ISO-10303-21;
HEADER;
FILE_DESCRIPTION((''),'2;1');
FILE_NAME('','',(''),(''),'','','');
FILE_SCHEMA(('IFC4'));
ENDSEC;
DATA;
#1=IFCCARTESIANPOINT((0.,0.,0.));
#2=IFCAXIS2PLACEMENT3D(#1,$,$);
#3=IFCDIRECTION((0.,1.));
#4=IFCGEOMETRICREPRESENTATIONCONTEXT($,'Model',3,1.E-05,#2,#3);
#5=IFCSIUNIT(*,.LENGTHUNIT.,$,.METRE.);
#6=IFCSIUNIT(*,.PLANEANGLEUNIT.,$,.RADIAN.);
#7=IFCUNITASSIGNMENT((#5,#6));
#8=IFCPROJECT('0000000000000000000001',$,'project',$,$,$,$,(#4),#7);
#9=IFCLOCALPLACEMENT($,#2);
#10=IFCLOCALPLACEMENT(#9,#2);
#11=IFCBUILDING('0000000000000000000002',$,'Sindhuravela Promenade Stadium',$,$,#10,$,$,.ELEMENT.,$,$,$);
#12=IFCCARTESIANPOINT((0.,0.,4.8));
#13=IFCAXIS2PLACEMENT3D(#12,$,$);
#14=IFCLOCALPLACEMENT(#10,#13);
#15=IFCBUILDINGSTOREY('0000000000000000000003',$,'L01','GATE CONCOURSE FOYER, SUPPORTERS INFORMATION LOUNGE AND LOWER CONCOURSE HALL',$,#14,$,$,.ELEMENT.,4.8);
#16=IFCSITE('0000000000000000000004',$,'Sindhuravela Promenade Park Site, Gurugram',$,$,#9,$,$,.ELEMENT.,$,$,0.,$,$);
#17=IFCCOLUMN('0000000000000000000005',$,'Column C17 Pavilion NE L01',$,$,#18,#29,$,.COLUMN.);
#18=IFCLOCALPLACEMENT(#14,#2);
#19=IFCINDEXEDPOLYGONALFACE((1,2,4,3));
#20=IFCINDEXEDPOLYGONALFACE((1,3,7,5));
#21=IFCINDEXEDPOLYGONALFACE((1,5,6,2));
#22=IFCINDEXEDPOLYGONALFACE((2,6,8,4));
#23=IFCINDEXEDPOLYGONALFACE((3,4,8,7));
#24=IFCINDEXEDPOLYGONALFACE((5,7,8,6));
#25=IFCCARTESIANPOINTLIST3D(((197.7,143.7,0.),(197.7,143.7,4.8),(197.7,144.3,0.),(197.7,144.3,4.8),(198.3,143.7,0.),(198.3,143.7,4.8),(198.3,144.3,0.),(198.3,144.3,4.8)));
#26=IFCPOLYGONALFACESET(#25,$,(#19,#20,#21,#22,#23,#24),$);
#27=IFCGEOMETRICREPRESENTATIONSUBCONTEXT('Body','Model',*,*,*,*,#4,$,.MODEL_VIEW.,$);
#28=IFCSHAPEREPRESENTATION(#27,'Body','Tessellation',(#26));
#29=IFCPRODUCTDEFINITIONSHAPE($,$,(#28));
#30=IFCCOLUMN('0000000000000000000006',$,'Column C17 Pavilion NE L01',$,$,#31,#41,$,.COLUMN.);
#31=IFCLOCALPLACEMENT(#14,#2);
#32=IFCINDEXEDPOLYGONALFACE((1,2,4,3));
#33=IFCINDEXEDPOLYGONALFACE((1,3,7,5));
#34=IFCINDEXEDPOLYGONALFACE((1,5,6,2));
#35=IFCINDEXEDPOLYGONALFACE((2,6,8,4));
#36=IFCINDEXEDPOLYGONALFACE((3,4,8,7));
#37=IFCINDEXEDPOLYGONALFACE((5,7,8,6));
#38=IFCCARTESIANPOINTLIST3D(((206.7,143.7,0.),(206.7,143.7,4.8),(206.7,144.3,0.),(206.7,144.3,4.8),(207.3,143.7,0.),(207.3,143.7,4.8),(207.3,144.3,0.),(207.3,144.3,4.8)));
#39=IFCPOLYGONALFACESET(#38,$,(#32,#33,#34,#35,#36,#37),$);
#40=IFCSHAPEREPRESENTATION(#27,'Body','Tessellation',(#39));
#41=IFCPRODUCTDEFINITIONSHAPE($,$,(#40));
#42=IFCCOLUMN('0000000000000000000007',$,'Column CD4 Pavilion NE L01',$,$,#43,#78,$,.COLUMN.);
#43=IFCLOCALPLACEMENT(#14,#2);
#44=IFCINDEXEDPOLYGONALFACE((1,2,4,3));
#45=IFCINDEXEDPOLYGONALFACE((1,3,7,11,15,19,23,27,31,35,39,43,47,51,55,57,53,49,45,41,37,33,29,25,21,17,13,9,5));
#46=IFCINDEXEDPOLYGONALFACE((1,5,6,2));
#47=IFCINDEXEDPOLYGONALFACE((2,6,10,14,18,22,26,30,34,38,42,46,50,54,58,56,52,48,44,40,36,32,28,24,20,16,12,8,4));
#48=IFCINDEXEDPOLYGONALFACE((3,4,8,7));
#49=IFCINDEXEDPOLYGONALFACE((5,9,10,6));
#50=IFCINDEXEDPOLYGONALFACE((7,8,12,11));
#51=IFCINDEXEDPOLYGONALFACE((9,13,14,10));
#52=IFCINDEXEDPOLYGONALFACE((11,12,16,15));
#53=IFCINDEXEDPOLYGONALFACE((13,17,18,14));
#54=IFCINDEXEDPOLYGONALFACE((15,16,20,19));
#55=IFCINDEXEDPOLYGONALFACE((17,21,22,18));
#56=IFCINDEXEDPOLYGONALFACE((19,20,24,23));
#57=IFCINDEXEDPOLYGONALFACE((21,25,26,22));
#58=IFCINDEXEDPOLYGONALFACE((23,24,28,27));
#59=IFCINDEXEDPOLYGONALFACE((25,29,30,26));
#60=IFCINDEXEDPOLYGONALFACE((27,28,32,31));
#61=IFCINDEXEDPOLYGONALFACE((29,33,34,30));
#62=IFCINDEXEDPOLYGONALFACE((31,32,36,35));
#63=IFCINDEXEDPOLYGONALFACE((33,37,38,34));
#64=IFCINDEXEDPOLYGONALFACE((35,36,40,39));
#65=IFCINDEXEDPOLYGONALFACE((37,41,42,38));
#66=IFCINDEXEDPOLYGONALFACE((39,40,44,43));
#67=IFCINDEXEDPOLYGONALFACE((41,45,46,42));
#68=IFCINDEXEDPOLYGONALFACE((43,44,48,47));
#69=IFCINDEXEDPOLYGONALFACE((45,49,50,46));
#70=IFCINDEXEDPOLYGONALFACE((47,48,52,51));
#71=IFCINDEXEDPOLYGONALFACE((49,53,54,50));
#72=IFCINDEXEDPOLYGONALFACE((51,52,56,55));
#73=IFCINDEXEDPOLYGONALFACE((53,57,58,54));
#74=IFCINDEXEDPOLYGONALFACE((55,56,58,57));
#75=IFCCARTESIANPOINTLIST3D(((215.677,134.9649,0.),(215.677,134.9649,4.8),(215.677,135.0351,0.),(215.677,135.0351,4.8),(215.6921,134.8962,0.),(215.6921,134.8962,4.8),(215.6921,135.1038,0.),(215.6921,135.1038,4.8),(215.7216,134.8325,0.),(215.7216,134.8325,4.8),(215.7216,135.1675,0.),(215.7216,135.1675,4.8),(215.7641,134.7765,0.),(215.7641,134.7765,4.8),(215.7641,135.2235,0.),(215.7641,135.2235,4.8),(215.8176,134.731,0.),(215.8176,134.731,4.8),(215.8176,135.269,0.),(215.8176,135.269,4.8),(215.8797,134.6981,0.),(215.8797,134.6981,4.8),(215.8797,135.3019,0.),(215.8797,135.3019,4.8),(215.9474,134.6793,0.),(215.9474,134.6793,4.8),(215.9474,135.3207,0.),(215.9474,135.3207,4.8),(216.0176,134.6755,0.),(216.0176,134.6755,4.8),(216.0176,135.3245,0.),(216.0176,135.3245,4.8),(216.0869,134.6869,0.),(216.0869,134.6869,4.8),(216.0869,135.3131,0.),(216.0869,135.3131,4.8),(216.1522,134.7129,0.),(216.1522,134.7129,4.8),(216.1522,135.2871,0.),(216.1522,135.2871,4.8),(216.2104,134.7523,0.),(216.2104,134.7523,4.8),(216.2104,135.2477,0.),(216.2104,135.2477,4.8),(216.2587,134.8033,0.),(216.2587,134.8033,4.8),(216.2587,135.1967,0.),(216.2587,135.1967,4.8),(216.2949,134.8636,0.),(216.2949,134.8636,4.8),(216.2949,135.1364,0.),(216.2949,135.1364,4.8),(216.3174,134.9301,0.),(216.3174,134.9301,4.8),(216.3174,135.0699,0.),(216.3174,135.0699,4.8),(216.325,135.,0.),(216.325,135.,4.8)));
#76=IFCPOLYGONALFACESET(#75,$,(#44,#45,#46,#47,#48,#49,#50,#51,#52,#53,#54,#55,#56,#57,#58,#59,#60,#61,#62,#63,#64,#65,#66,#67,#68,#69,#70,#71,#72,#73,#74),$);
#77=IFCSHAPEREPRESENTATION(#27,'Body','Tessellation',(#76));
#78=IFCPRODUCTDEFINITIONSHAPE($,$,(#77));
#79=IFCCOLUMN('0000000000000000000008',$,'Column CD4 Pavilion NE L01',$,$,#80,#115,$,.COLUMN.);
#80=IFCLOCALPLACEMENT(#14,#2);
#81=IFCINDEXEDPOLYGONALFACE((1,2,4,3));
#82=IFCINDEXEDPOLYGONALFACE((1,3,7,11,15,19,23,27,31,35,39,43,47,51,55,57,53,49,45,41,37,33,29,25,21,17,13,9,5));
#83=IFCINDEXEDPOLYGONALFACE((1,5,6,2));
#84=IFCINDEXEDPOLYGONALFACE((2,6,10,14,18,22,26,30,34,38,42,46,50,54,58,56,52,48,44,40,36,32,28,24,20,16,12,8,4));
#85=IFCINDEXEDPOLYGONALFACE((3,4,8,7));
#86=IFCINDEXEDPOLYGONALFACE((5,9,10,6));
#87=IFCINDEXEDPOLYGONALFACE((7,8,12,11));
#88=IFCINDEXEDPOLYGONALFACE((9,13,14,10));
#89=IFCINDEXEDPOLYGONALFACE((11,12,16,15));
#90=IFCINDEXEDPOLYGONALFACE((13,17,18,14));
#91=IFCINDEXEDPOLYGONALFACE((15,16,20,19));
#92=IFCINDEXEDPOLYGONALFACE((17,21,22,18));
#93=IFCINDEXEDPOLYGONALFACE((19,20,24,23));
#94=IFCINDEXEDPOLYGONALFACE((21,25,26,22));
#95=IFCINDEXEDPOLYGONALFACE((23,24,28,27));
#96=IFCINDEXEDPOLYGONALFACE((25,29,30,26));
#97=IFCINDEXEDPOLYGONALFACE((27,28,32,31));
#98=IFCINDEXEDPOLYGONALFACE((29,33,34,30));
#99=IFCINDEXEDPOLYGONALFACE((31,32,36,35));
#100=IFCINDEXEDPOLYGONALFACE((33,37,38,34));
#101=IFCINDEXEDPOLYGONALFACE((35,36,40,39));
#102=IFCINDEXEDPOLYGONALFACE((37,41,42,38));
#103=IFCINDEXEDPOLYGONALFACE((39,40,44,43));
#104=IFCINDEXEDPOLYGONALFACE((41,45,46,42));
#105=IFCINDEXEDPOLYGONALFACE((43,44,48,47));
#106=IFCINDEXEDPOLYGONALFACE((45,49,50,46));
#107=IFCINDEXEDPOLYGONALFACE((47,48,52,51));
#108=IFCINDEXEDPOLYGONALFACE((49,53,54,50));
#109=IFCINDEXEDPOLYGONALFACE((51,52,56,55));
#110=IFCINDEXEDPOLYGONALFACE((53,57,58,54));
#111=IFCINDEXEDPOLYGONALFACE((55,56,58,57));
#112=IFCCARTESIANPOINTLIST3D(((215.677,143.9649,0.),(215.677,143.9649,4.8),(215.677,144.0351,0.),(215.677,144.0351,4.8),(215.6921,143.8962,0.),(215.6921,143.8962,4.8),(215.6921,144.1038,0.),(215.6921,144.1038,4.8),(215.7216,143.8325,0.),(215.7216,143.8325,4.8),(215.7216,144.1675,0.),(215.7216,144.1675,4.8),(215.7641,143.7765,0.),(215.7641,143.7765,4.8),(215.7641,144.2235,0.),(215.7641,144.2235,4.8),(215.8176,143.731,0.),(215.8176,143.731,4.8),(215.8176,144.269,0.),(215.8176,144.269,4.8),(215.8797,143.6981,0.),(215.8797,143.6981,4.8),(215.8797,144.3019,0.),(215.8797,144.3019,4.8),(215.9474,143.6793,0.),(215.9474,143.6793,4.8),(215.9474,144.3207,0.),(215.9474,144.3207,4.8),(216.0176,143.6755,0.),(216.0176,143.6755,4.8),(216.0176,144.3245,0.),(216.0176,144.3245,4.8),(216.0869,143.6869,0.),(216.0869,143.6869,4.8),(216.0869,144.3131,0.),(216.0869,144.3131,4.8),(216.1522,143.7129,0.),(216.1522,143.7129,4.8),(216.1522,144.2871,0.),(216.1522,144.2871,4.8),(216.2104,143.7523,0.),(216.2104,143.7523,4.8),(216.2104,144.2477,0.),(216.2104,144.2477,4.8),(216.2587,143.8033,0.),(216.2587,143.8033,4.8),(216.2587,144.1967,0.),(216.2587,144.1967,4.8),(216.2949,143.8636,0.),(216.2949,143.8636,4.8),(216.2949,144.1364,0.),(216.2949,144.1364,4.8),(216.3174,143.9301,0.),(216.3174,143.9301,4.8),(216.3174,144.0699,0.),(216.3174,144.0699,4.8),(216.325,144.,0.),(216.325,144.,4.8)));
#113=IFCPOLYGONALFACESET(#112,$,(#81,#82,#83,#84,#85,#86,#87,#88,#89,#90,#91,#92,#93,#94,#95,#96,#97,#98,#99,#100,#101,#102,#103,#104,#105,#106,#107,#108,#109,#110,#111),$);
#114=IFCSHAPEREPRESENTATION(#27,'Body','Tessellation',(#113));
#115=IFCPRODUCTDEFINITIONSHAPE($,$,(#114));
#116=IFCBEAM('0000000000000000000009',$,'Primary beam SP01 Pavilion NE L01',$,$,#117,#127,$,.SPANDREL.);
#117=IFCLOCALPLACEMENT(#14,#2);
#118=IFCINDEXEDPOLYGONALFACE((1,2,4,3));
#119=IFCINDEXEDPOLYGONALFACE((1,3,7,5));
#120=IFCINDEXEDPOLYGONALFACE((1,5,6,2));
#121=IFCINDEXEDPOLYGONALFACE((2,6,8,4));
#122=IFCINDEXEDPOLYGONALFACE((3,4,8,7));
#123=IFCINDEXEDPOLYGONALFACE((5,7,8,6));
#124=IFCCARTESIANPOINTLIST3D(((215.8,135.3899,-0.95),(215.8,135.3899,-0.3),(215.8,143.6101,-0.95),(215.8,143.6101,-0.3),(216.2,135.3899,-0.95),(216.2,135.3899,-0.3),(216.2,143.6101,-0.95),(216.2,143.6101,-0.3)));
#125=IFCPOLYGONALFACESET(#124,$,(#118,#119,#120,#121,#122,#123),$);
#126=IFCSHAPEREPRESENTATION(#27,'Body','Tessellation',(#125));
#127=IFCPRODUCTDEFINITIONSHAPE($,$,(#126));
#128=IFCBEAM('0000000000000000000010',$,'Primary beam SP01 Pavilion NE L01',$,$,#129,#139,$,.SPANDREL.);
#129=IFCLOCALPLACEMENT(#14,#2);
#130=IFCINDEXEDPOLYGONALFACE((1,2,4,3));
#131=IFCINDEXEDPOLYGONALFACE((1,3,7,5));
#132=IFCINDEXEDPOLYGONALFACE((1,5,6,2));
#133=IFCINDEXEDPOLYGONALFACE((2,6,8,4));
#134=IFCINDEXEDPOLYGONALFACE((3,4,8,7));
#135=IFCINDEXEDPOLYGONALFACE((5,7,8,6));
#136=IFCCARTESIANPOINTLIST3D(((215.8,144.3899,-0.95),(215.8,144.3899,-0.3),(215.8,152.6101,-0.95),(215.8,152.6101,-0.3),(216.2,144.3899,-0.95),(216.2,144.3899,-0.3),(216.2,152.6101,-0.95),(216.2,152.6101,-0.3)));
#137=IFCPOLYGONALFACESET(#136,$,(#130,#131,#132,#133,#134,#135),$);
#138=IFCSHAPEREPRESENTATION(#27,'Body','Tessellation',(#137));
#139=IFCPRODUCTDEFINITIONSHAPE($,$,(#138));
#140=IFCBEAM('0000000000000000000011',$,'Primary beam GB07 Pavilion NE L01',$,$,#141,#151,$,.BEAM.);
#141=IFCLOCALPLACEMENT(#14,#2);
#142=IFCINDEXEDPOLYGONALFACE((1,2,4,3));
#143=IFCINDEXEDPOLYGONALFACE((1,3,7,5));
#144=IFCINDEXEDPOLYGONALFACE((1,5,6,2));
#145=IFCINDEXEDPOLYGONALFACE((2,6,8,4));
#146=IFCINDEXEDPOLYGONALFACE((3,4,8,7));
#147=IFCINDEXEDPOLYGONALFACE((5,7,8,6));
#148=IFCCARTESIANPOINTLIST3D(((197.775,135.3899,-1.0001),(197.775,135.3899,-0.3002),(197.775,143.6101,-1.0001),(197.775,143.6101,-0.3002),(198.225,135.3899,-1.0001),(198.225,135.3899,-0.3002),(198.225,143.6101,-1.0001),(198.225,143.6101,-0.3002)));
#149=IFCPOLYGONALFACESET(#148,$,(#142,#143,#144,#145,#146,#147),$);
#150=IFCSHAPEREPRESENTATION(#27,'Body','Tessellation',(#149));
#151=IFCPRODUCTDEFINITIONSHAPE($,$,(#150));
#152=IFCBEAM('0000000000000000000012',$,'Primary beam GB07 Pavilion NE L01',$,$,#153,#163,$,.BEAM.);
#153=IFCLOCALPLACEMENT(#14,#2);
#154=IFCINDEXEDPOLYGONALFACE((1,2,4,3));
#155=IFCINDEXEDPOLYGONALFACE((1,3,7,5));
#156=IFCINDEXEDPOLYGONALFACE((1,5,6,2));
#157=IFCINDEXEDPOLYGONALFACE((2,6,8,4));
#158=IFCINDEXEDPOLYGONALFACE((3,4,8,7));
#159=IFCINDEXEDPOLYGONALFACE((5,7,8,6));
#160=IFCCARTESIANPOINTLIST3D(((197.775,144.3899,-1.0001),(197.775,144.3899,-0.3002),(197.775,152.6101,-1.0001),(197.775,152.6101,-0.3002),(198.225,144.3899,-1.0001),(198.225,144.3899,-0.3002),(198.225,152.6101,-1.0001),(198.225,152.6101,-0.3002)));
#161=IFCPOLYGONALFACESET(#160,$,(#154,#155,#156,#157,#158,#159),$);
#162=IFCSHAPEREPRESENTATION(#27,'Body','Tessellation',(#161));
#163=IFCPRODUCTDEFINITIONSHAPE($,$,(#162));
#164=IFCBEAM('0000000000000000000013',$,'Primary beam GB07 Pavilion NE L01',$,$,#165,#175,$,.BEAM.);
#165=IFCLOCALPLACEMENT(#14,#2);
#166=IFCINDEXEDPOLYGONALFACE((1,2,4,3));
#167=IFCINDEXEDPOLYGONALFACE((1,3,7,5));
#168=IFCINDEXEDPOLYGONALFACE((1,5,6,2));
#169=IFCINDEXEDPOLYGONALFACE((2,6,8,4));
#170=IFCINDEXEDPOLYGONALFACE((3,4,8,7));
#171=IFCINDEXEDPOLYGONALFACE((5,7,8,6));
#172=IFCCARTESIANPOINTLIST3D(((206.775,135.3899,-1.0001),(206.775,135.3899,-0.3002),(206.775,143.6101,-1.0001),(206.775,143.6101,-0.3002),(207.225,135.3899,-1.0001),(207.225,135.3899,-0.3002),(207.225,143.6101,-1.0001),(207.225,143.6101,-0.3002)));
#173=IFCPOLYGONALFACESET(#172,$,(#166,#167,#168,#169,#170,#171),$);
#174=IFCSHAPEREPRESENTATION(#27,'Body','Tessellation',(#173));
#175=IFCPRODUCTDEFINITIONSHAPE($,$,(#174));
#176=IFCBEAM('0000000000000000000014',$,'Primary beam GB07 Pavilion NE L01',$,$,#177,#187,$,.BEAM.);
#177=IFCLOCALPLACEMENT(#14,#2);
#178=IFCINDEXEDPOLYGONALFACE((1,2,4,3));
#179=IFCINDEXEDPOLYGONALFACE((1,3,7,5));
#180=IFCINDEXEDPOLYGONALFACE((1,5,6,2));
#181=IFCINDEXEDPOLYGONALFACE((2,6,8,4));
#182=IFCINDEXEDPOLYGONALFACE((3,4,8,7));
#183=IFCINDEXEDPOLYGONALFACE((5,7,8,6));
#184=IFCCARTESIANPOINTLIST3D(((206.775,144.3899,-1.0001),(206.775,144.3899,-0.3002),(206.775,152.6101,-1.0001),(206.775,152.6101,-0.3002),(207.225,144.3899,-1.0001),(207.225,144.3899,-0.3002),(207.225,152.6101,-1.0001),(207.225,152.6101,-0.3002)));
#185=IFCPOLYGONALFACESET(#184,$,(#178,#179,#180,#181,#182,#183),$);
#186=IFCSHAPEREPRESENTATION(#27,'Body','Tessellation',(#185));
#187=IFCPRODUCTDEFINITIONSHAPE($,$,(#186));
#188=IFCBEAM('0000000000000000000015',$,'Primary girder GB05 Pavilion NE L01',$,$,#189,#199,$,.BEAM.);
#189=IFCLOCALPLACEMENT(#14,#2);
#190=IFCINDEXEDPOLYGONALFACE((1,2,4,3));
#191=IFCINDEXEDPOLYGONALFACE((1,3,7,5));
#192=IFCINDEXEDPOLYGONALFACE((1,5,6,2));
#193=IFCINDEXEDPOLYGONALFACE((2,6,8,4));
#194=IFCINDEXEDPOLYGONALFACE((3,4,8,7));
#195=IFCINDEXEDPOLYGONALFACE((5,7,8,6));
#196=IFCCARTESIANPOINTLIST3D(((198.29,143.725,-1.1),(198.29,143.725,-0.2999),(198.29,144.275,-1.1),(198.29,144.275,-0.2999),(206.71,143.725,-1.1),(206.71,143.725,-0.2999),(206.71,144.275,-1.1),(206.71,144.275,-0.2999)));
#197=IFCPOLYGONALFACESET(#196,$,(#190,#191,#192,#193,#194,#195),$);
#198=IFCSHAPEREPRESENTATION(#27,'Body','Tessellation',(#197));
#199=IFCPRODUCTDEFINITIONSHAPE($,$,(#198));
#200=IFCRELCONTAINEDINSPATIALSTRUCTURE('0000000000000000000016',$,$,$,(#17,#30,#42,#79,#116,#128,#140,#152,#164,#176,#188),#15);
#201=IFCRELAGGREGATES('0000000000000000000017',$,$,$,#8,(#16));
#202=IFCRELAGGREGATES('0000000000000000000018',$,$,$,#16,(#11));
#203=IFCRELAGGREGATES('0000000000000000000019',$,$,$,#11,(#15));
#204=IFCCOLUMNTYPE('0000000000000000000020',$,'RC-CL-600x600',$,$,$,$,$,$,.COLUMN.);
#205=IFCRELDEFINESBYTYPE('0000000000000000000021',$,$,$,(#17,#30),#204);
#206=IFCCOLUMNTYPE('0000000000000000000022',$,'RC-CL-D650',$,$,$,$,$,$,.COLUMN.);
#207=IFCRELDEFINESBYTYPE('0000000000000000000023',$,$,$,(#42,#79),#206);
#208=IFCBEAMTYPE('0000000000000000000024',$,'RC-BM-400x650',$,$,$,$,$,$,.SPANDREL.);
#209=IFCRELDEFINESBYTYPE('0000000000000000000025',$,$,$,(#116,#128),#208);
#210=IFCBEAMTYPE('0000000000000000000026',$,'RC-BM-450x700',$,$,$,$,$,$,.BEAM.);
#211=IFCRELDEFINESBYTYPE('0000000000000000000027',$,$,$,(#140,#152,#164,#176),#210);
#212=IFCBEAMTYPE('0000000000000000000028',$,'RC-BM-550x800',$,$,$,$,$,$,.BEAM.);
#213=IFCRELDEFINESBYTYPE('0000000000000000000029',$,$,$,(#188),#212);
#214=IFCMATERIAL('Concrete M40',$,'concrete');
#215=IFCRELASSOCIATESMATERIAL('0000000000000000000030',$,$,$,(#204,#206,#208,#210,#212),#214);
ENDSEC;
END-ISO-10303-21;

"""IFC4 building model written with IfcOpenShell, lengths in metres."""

from ifc_helpers import new_model, si_unit, direction, frame, origin, origin_2d, place, context, subcontext, project, spatial, rectangle, circle, extrude, material, material_profile, profile_set, type_object, element, save


model = new_model("IFC4")

# Units and contexts
model_context = context("Model", 3, precision=1e-05, world=origin(), true_north=direction((0.0, 1.0)))
body_context = subcontext(model_context, "Body", "Model", "MODEL_VIEW")
ifc_project = project(units=[si_unit("LENGTHUNIT", "METRE"), si_unit("PLANEANGLEUNIT", "RADIAN")], contexts=[model_context])

# Site, building, storey
site_placement = place(None, origin())
site = spatial("IfcSite", under=ifc_project, at=site_placement, Name="Sindhuravela Promenade Park Site, Gurugram", CompositionType="ELEMENT", RefElevation=0.0)
building_placement = place(site_placement, origin())
building = spatial("IfcBuilding", under=site, at=building_placement, Name="Sindhuravela Promenade Stadium", CompositionType="ELEMENT")
storey_placement = place(building_placement, frame((0.0, 0.0, 4.8)))
storey = spatial("IfcBuildingStorey", under=building, at=storey_placement, Name="L01", Description="GATE CONCOURSE FOYER, SUPPORTERS INFORMATION LOUNGE AND LOWER CONCOURSE HALL", CompositionType="ELEMENT", Elevation=4.8)

# Columns
ifc_material_1 = material(Name="Concrete M40", Category="concrete")
ifc_material_profile_1 = material_profile(ifc_material_1, rectangle(XDim=0.6001, YDim=0.6001, at=origin_2d()), Name="RC 600x600")
ifc_profile_set_1 = profile_set([ifc_material_profile_1], Name="Concrete M40")
column_type_1 = type_object("IfcColumnType", Name="RC-CL-600x600", PredefinedType="COLUMN", material=ifc_profile_set_1)
for number, where, z_axis, x_axis, name in (
    (1, (198.0, 144.0, 0.0), (0.0, 0.0, 1.0), (1.0, 0.0, 0.0), "Column C17 Pavilion NE L01"),
    (2, (207.0, 144.0, 0.0), (0.0, 0.0, 1.0), (1.0, 0.0, 0.0), "Column C17 Pavilion NE L01"),
):
    element("IfcColumn", number, at=place(storey_placement, frame(where, z_axis=z_axis, x_axis=x_axis)), inside=storey, type_object=column_type_1, Name=name, PredefinedType="COLUMN", context=body_context, shape_type="SweptSolid", body=[
        extrude(rectangle(XDim=0.6001, YDim=0.6001, at=origin_2d()), origin(), (0.0, 0.0, 1.0), 4.8),
    ])
ifc_material_profile_2 = material_profile(ifc_material_1, circle(Radius=0.325, at=origin_2d()), Name="RC D650")
ifc_profile_set_2 = profile_set([ifc_material_profile_2], Name="Concrete M40")
column_type_2 = type_object("IfcColumnType", Name="RC-CL-D650", PredefinedType="COLUMN", material=ifc_profile_set_2)
for number, where, z_axis, x_axis, name in (
    (3, (216.0, 135.0, 0.0), (0.0, 0.0, 1.0), (1.0, 0.0, 0.0), "Column CD4 Pavilion NE L01"),
    (4, (216.0, 144.0, 0.0), (0.0, 0.0, 1.0), (1.0, 0.0, 0.0), "Column CD4 Pavilion NE L01"),
):
    element("IfcColumn", number, at=place(storey_placement, frame(where, z_axis=z_axis, x_axis=x_axis)), inside=storey, type_object=column_type_2, Name=name, PredefinedType="COLUMN", context=body_context, shape_type="SweptSolid", body=[
        extrude(circle(Radius=0.325, at=origin_2d()), origin(), (0.0, 0.0, 1.0), 4.8),
    ])

# Beams
ifc_material_profile_3 = material_profile(ifc_material_1, rectangle(XDim=0.3999, YDim=0.6499, at=origin_2d()), Name="RC 400x650")
ifc_profile_set_3 = profile_set([ifc_material_profile_3], Name="Concrete M40")
beam_type_1 = type_object("IfcBeamType", Name="RC-BM-400x650", PredefinedType="SPANDREL", material=ifc_profile_set_3)
for number, where, z_axis, x_axis, name in (
    (5, (216.0, 135.3899, -0.625), (0.0, 1.0, 0.0), (-1.0, 0.0, 0.0), "Primary beam SP01 Pavilion NE L01"),
    (6, (216.0, 144.3899, -0.625), (0.0, 1.0, 0.0), (-1.0, 0.0, 0.0), "Primary beam SP01 Pavilion NE L01"),
):
    element("IfcBeam", number, at=place(storey_placement, frame(where, z_axis=z_axis, x_axis=x_axis)), inside=storey, type_object=beam_type_1, Name=name, PredefinedType="SPANDREL", context=body_context, shape_type="SweptSolid", body=[
        extrude(rectangle(XDim=0.3999, YDim=0.6499, at=origin_2d()), origin(), (0.0, 0.0, 1.0), 8.2202),
    ])
ifc_material_profile_4 = material_profile(ifc_material_1, rectangle(XDim=0.45, YDim=0.7, at=origin_2d()), Name="RC 450x700")
ifc_profile_set_4 = profile_set([ifc_material_profile_4], Name="Concrete M40")
beam_type_2 = type_object("IfcBeamType", Name="RC-BM-450x700", PredefinedType="BEAM", material=ifc_profile_set_4)
for number, where, z_axis, x_axis, name in (
    (7, (198.0, 135.3899, -0.6501), (0.0, 1.0, 0.0), (-1.0, 0.0, 0.0), "Primary beam GB07 Pavilion NE L01"),
    (8, (198.0, 144.3899, -0.6501), (0.0, 1.0, 0.0), (-1.0, 0.0, 0.0), "Primary beam GB07 Pavilion NE L01"),
    (9, (207.0, 135.3899, -0.6501), (0.0, 1.0, 0.0), (-1.0, 0.0, 0.0), "Primary beam GB07 Pavilion NE L01"),
    (10, (207.0, 144.3899, -0.6501), (0.0, 1.0, 0.0), (-1.0, 0.0, 0.0), "Primary beam GB07 Pavilion NE L01"),
):
    element("IfcBeam", number, at=place(storey_placement, frame(where, z_axis=z_axis, x_axis=x_axis)), inside=storey, type_object=beam_type_2, Name=name, PredefinedType="BEAM", context=body_context, shape_type="SweptSolid", body=[
        extrude(rectangle(XDim=0.45, YDim=0.7, at=origin_2d()), origin(), (0.0, 0.0, 1.0), 8.2202),
    ])
ifc_material_profile_5 = material_profile(ifc_material_1, rectangle(XDim=0.55, YDim=0.8, at=origin_2d()), Name="RC 550x800")
ifc_profile_set_5 = profile_set([ifc_material_profile_5], Name="Concrete M40")
beam_type_3 = type_object("IfcBeamType", Name="RC-BM-550x800", PredefinedType="BEAM", material=ifc_profile_set_5)
beam_1_placement = place(storey_placement, frame((198.29, 144.0, -0.7), z_axis=(1.0, 0.0, 0.0), x_axis=(0.0, 1.0, 0.0)))
element("IfcBeam", 11, at=beam_1_placement, inside=storey, type_object=beam_type_3, Name="Primary girder GB05 Pavilion NE L01", PredefinedType="BEAM", context=body_context, shape_type="SweptSolid", body=[
    extrude(rectangle(XDim=0.55, YDim=0.8, at=origin_2d()), origin(), (0.0, 0.0, 1.0), 8.4199),
])

save(model, "model.ifc")
